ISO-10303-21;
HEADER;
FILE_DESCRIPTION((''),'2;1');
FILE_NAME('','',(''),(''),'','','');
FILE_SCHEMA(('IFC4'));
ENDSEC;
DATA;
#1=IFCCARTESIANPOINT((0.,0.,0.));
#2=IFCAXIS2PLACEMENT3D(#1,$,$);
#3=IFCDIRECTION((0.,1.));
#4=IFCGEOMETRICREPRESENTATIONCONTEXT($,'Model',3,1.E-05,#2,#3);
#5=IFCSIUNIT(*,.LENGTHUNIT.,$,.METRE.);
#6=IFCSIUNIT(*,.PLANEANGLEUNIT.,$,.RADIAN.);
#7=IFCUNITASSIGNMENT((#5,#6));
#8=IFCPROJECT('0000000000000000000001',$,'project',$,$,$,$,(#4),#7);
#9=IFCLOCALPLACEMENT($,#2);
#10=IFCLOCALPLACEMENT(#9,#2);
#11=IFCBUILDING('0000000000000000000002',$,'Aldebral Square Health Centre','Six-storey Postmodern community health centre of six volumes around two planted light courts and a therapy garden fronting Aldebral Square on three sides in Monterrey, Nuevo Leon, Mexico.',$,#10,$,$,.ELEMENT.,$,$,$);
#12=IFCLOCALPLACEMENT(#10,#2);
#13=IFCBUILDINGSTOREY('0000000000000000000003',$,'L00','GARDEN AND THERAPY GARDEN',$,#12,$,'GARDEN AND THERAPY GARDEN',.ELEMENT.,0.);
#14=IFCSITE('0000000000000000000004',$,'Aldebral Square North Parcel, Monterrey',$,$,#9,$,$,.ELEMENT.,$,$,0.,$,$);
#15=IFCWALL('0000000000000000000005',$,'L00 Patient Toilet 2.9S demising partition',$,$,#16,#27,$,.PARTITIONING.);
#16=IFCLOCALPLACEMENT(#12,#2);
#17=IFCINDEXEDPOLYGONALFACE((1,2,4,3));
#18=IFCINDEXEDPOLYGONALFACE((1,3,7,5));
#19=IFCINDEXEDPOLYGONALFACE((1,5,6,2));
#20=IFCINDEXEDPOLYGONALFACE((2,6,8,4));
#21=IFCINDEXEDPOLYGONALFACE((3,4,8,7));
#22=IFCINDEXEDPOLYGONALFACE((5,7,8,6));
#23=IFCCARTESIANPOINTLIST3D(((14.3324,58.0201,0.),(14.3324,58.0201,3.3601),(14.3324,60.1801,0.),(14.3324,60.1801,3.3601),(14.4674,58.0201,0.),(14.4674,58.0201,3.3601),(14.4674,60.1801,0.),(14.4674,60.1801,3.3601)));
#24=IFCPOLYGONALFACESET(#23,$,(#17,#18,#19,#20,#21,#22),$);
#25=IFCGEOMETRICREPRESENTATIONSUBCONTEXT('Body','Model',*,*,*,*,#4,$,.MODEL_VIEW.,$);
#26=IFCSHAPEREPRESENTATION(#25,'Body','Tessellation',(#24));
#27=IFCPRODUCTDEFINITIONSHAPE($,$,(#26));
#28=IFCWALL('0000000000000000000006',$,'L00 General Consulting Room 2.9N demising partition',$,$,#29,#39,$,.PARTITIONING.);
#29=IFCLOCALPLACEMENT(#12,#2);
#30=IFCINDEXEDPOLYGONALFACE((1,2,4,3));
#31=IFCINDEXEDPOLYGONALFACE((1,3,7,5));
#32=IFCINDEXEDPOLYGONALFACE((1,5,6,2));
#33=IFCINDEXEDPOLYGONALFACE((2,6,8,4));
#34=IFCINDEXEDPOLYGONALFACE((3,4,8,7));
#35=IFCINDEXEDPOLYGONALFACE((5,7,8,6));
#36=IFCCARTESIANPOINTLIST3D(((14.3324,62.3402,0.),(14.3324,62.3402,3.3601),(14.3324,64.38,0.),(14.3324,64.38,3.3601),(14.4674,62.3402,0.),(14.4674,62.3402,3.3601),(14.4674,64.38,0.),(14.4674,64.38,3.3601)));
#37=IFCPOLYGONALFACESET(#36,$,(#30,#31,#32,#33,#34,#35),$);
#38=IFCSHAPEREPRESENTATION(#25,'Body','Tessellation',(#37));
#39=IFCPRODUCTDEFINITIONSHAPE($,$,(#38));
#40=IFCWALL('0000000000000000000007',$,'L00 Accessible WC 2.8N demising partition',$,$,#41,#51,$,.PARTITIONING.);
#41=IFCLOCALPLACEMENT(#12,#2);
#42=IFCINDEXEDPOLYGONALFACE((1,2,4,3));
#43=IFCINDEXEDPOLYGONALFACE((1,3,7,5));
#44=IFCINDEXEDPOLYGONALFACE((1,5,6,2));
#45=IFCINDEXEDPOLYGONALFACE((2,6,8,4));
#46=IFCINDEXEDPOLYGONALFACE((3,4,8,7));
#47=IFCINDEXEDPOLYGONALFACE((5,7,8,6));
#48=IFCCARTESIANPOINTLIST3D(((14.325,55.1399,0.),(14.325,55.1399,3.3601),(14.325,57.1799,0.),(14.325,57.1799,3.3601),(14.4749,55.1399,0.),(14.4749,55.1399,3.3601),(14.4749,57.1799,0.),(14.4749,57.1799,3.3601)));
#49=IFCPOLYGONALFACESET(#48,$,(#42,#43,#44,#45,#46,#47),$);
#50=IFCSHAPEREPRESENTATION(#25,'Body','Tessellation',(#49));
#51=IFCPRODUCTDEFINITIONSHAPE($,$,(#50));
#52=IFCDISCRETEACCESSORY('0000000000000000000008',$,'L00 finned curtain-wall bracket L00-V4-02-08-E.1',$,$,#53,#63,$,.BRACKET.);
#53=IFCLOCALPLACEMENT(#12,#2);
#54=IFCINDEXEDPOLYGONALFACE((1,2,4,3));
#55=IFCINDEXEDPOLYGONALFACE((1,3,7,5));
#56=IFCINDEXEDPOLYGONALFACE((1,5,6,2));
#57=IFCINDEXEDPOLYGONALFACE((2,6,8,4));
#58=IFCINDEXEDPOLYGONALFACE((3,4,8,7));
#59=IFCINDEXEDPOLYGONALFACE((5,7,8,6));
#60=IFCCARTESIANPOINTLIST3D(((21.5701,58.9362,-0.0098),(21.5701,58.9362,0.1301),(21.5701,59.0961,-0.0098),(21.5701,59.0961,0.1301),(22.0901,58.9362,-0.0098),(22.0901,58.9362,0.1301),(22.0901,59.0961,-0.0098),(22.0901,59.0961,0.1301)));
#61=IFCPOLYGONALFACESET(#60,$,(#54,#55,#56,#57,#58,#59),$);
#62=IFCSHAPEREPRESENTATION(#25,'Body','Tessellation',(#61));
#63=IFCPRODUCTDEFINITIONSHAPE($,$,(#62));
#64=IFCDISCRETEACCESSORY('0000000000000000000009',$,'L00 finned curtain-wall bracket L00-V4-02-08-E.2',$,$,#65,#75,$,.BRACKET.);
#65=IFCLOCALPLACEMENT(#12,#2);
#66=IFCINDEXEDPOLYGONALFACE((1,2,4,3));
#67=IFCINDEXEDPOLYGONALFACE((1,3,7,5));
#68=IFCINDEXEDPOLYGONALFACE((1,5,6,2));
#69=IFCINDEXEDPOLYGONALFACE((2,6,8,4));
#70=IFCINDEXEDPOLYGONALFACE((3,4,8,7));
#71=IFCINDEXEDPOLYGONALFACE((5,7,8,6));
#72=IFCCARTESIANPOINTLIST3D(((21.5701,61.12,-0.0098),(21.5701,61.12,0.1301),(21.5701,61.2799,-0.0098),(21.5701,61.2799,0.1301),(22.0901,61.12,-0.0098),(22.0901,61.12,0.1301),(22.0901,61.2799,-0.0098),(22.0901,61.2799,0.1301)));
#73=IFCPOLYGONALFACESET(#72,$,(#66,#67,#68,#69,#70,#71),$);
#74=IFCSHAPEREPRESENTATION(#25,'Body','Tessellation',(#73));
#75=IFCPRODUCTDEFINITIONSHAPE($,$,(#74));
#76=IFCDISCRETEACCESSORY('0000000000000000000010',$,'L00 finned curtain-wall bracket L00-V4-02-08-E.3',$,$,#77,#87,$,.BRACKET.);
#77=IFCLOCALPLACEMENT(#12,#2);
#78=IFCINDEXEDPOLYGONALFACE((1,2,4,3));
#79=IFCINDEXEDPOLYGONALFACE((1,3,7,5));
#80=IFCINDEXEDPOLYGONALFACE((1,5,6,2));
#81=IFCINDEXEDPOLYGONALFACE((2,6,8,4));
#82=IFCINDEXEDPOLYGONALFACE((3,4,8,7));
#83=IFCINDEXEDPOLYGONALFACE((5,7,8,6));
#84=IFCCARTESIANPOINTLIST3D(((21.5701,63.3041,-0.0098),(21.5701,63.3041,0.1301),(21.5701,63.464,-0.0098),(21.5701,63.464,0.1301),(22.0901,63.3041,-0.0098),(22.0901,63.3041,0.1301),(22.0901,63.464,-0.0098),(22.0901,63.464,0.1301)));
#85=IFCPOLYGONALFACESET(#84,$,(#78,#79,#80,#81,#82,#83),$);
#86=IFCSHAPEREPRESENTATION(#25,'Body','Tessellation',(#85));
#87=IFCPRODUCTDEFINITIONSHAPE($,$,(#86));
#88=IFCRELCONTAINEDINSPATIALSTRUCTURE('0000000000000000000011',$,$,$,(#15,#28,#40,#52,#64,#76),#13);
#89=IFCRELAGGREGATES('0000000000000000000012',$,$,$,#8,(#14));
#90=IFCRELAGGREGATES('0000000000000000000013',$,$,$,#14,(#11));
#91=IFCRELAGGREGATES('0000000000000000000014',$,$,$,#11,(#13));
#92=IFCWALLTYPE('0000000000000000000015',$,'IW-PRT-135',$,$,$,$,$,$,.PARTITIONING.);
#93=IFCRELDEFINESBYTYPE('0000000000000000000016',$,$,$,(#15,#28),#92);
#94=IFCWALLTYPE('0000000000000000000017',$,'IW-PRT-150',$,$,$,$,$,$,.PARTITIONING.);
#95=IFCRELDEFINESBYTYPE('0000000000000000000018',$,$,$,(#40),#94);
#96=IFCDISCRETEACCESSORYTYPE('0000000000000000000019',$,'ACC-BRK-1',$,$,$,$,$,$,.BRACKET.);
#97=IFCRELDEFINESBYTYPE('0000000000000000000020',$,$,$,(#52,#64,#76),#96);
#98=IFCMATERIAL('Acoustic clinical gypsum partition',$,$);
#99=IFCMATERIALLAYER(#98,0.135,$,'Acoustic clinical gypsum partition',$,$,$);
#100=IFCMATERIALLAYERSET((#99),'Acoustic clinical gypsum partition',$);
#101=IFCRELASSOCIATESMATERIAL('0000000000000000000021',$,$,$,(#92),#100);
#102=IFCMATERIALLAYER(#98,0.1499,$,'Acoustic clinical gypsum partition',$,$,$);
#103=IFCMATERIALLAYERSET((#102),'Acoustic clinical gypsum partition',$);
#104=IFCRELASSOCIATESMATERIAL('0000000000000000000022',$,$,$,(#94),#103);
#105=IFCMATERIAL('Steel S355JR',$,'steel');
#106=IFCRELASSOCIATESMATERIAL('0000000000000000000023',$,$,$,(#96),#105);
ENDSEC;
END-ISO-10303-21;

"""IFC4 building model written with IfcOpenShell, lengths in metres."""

from ifc_helpers import new_model, si_unit, direction, frame, frame_2d, origin, origin_2d, place, context, subcontext, project, spatial, rectangle, extrude, material, layer, layer_set, type_object, element, save


model = new_model("IFC4")

# Units and contexts
model_context = context("Model", 3, precision=1e-05, world=origin(), true_north=direction((0.0, 1.0)))
body_context = subcontext(model_context, "Body", "Model", "MODEL_VIEW")
ifc_project = project(units=[si_unit("LENGTHUNIT", "METRE"), si_unit("PLANEANGLEUNIT", "RADIAN")], contexts=[model_context])

# Site, building, storey
site_placement = place(None, origin())
site = spatial("IfcSite", under=ifc_project, at=site_placement, Name="Aldebral Square North Parcel, Monterrey", CompositionType="ELEMENT", RefElevation=0.0)
building_placement = place(site_placement, origin())
building = spatial("IfcBuilding", under=site, at=building_placement, Name="Aldebral Square Health Centre", Description="Six-storey Postmodern community health centre of six volumes around two planted light courts and a therapy garden fronting Aldebral Square on three sides in Monterrey, Nuevo Leon, Mexico.", CompositionType="ELEMENT")
storey_placement = place(building_placement, origin())
storey = spatial("IfcBuildingStorey", under=building, at=storey_placement, Name="L00", Description="GARDEN AND THERAPY GARDEN", LongName="GARDEN AND THERAPY GARDEN", CompositionType="ELEMENT", Elevation=0.0)

# Walls
ifc_material_1 = material(Name="Acoustic clinical gypsum partition")
ifc_layer_1 = layer(ifc_material_1, 0.135, Name="Acoustic clinical gypsum partition")
ifc_layer_set_1 = layer_set([ifc_layer_1], Name="Acoustic clinical gypsum partition")
wall_type_1 = type_object("IfcWallType", Name="IW-PRT-135", PredefinedType="PARTITIONING", material=ifc_layer_set_1)
wall_1_placement = place(storey_placement, frame((14.3999, 58.02, 0.0), z_axis=(0.0, 0.0, 1.0), x_axis=(0.0, 1.0, 0.0)))
element("IfcWall", 1, at=wall_1_placement, inside=storey, type_object=wall_type_1, Name="L00 Patient Toilet 2.9S demising partition", PredefinedType="PARTITIONING", context=body_context, shape_type="SweptSolid", body=[
    extrude(rectangle(XDim=2.1599, YDim=0.135, at=frame_2d((1.0801, 0.0))), origin(), (0.0, 0.0, 1.0), 3.3601),
])
wall_2_placement = place(storey_placement, frame((14.3999, 62.3401, 0.0), z_axis=(0.0, 0.0, 1.0), x_axis=(0.0, 1.0, 0.0)))
element("IfcWall", 2, at=wall_2_placement, inside=storey, type_object=wall_type_1, Name="L00 General Consulting Room 2.9N demising partition", PredefinedType="PARTITIONING", context=body_context, shape_type="SweptSolid", body=[
    extrude(rectangle(XDim=2.0398, YDim=0.135, at=frame_2d((1.02, 0.0))), origin(), (0.0, 0.0, 1.0), 3.3601),
])
ifc_layer_2 = layer(ifc_material_1, 0.1499, Name="Acoustic clinical gypsum partition")
ifc_layer_set_2 = layer_set([ifc_layer_2], Name="Acoustic clinical gypsum partition")
wall_type_2 = type_object("IfcWallType", Name="IW-PRT-150", PredefinedType="PARTITIONING", material=ifc_layer_set_2)
wall_3_placement = place(storey_placement, frame((14.3999, 55.1399, 0.0), z_axis=(0.0, 0.0, 1.0), x_axis=(0.0, 1.0, 0.0)))
element("IfcWall", 3, at=wall_3_placement, inside=storey, type_object=wall_type_2, Name="L00 Accessible WC 2.8N demising partition", PredefinedType="PARTITIONING", context=body_context, shape_type="SweptSolid", body=[
    extrude(rectangle(XDim=2.04, YDim=0.1499, at=frame_2d((1.02, 0.0))), origin(), (0.0, 0.0, 1.0), 3.3601),
])

# Discrete accessories
ifc_material_2 = material(Name="Steel S355JR", Category="steel")
discrete_accessory_type = type_object("IfcDiscreteAccessoryType", Name="ACC-BRK-1", PredefinedType="BRACKET", material=ifc_material_2)
for number, where, z_axis, x_axis, name in (
    (4, (21.8301, 59.0161, -0.0098), (0.0, 0.0, 1.0), (0.0, 1.0, 0.0), "L00 finned curtain-wall bracket L00-V4-02-08-E.1"),
    (5, (21.8301, 61.2, -0.0098), (0.0, 0.0, 1.0), (0.0, 1.0, 0.0), "L00 finned curtain-wall bracket L00-V4-02-08-E.2"),
    (6, (21.8301, 63.384, -0.0098), (0.0, 0.0, 1.0), (0.0, 1.0, 0.0), "L00 finned curtain-wall bracket L00-V4-02-08-E.3"),
):
    element("IfcDiscreteAccessory", number, at=place(storey_placement, frame(where, z_axis=z_axis, x_axis=x_axis)), inside=storey, type_object=discrete_accessory_type, Name=name, PredefinedType="BRACKET", context=body_context, shape_type="SweptSolid", body=[
        extrude(rectangle(XDim=0.1599, YDim=0.52, at=origin_2d()), origin(), (0.0, 0.0, 1.0), 0.1399),
    ])

save(model, "model.ifc")
